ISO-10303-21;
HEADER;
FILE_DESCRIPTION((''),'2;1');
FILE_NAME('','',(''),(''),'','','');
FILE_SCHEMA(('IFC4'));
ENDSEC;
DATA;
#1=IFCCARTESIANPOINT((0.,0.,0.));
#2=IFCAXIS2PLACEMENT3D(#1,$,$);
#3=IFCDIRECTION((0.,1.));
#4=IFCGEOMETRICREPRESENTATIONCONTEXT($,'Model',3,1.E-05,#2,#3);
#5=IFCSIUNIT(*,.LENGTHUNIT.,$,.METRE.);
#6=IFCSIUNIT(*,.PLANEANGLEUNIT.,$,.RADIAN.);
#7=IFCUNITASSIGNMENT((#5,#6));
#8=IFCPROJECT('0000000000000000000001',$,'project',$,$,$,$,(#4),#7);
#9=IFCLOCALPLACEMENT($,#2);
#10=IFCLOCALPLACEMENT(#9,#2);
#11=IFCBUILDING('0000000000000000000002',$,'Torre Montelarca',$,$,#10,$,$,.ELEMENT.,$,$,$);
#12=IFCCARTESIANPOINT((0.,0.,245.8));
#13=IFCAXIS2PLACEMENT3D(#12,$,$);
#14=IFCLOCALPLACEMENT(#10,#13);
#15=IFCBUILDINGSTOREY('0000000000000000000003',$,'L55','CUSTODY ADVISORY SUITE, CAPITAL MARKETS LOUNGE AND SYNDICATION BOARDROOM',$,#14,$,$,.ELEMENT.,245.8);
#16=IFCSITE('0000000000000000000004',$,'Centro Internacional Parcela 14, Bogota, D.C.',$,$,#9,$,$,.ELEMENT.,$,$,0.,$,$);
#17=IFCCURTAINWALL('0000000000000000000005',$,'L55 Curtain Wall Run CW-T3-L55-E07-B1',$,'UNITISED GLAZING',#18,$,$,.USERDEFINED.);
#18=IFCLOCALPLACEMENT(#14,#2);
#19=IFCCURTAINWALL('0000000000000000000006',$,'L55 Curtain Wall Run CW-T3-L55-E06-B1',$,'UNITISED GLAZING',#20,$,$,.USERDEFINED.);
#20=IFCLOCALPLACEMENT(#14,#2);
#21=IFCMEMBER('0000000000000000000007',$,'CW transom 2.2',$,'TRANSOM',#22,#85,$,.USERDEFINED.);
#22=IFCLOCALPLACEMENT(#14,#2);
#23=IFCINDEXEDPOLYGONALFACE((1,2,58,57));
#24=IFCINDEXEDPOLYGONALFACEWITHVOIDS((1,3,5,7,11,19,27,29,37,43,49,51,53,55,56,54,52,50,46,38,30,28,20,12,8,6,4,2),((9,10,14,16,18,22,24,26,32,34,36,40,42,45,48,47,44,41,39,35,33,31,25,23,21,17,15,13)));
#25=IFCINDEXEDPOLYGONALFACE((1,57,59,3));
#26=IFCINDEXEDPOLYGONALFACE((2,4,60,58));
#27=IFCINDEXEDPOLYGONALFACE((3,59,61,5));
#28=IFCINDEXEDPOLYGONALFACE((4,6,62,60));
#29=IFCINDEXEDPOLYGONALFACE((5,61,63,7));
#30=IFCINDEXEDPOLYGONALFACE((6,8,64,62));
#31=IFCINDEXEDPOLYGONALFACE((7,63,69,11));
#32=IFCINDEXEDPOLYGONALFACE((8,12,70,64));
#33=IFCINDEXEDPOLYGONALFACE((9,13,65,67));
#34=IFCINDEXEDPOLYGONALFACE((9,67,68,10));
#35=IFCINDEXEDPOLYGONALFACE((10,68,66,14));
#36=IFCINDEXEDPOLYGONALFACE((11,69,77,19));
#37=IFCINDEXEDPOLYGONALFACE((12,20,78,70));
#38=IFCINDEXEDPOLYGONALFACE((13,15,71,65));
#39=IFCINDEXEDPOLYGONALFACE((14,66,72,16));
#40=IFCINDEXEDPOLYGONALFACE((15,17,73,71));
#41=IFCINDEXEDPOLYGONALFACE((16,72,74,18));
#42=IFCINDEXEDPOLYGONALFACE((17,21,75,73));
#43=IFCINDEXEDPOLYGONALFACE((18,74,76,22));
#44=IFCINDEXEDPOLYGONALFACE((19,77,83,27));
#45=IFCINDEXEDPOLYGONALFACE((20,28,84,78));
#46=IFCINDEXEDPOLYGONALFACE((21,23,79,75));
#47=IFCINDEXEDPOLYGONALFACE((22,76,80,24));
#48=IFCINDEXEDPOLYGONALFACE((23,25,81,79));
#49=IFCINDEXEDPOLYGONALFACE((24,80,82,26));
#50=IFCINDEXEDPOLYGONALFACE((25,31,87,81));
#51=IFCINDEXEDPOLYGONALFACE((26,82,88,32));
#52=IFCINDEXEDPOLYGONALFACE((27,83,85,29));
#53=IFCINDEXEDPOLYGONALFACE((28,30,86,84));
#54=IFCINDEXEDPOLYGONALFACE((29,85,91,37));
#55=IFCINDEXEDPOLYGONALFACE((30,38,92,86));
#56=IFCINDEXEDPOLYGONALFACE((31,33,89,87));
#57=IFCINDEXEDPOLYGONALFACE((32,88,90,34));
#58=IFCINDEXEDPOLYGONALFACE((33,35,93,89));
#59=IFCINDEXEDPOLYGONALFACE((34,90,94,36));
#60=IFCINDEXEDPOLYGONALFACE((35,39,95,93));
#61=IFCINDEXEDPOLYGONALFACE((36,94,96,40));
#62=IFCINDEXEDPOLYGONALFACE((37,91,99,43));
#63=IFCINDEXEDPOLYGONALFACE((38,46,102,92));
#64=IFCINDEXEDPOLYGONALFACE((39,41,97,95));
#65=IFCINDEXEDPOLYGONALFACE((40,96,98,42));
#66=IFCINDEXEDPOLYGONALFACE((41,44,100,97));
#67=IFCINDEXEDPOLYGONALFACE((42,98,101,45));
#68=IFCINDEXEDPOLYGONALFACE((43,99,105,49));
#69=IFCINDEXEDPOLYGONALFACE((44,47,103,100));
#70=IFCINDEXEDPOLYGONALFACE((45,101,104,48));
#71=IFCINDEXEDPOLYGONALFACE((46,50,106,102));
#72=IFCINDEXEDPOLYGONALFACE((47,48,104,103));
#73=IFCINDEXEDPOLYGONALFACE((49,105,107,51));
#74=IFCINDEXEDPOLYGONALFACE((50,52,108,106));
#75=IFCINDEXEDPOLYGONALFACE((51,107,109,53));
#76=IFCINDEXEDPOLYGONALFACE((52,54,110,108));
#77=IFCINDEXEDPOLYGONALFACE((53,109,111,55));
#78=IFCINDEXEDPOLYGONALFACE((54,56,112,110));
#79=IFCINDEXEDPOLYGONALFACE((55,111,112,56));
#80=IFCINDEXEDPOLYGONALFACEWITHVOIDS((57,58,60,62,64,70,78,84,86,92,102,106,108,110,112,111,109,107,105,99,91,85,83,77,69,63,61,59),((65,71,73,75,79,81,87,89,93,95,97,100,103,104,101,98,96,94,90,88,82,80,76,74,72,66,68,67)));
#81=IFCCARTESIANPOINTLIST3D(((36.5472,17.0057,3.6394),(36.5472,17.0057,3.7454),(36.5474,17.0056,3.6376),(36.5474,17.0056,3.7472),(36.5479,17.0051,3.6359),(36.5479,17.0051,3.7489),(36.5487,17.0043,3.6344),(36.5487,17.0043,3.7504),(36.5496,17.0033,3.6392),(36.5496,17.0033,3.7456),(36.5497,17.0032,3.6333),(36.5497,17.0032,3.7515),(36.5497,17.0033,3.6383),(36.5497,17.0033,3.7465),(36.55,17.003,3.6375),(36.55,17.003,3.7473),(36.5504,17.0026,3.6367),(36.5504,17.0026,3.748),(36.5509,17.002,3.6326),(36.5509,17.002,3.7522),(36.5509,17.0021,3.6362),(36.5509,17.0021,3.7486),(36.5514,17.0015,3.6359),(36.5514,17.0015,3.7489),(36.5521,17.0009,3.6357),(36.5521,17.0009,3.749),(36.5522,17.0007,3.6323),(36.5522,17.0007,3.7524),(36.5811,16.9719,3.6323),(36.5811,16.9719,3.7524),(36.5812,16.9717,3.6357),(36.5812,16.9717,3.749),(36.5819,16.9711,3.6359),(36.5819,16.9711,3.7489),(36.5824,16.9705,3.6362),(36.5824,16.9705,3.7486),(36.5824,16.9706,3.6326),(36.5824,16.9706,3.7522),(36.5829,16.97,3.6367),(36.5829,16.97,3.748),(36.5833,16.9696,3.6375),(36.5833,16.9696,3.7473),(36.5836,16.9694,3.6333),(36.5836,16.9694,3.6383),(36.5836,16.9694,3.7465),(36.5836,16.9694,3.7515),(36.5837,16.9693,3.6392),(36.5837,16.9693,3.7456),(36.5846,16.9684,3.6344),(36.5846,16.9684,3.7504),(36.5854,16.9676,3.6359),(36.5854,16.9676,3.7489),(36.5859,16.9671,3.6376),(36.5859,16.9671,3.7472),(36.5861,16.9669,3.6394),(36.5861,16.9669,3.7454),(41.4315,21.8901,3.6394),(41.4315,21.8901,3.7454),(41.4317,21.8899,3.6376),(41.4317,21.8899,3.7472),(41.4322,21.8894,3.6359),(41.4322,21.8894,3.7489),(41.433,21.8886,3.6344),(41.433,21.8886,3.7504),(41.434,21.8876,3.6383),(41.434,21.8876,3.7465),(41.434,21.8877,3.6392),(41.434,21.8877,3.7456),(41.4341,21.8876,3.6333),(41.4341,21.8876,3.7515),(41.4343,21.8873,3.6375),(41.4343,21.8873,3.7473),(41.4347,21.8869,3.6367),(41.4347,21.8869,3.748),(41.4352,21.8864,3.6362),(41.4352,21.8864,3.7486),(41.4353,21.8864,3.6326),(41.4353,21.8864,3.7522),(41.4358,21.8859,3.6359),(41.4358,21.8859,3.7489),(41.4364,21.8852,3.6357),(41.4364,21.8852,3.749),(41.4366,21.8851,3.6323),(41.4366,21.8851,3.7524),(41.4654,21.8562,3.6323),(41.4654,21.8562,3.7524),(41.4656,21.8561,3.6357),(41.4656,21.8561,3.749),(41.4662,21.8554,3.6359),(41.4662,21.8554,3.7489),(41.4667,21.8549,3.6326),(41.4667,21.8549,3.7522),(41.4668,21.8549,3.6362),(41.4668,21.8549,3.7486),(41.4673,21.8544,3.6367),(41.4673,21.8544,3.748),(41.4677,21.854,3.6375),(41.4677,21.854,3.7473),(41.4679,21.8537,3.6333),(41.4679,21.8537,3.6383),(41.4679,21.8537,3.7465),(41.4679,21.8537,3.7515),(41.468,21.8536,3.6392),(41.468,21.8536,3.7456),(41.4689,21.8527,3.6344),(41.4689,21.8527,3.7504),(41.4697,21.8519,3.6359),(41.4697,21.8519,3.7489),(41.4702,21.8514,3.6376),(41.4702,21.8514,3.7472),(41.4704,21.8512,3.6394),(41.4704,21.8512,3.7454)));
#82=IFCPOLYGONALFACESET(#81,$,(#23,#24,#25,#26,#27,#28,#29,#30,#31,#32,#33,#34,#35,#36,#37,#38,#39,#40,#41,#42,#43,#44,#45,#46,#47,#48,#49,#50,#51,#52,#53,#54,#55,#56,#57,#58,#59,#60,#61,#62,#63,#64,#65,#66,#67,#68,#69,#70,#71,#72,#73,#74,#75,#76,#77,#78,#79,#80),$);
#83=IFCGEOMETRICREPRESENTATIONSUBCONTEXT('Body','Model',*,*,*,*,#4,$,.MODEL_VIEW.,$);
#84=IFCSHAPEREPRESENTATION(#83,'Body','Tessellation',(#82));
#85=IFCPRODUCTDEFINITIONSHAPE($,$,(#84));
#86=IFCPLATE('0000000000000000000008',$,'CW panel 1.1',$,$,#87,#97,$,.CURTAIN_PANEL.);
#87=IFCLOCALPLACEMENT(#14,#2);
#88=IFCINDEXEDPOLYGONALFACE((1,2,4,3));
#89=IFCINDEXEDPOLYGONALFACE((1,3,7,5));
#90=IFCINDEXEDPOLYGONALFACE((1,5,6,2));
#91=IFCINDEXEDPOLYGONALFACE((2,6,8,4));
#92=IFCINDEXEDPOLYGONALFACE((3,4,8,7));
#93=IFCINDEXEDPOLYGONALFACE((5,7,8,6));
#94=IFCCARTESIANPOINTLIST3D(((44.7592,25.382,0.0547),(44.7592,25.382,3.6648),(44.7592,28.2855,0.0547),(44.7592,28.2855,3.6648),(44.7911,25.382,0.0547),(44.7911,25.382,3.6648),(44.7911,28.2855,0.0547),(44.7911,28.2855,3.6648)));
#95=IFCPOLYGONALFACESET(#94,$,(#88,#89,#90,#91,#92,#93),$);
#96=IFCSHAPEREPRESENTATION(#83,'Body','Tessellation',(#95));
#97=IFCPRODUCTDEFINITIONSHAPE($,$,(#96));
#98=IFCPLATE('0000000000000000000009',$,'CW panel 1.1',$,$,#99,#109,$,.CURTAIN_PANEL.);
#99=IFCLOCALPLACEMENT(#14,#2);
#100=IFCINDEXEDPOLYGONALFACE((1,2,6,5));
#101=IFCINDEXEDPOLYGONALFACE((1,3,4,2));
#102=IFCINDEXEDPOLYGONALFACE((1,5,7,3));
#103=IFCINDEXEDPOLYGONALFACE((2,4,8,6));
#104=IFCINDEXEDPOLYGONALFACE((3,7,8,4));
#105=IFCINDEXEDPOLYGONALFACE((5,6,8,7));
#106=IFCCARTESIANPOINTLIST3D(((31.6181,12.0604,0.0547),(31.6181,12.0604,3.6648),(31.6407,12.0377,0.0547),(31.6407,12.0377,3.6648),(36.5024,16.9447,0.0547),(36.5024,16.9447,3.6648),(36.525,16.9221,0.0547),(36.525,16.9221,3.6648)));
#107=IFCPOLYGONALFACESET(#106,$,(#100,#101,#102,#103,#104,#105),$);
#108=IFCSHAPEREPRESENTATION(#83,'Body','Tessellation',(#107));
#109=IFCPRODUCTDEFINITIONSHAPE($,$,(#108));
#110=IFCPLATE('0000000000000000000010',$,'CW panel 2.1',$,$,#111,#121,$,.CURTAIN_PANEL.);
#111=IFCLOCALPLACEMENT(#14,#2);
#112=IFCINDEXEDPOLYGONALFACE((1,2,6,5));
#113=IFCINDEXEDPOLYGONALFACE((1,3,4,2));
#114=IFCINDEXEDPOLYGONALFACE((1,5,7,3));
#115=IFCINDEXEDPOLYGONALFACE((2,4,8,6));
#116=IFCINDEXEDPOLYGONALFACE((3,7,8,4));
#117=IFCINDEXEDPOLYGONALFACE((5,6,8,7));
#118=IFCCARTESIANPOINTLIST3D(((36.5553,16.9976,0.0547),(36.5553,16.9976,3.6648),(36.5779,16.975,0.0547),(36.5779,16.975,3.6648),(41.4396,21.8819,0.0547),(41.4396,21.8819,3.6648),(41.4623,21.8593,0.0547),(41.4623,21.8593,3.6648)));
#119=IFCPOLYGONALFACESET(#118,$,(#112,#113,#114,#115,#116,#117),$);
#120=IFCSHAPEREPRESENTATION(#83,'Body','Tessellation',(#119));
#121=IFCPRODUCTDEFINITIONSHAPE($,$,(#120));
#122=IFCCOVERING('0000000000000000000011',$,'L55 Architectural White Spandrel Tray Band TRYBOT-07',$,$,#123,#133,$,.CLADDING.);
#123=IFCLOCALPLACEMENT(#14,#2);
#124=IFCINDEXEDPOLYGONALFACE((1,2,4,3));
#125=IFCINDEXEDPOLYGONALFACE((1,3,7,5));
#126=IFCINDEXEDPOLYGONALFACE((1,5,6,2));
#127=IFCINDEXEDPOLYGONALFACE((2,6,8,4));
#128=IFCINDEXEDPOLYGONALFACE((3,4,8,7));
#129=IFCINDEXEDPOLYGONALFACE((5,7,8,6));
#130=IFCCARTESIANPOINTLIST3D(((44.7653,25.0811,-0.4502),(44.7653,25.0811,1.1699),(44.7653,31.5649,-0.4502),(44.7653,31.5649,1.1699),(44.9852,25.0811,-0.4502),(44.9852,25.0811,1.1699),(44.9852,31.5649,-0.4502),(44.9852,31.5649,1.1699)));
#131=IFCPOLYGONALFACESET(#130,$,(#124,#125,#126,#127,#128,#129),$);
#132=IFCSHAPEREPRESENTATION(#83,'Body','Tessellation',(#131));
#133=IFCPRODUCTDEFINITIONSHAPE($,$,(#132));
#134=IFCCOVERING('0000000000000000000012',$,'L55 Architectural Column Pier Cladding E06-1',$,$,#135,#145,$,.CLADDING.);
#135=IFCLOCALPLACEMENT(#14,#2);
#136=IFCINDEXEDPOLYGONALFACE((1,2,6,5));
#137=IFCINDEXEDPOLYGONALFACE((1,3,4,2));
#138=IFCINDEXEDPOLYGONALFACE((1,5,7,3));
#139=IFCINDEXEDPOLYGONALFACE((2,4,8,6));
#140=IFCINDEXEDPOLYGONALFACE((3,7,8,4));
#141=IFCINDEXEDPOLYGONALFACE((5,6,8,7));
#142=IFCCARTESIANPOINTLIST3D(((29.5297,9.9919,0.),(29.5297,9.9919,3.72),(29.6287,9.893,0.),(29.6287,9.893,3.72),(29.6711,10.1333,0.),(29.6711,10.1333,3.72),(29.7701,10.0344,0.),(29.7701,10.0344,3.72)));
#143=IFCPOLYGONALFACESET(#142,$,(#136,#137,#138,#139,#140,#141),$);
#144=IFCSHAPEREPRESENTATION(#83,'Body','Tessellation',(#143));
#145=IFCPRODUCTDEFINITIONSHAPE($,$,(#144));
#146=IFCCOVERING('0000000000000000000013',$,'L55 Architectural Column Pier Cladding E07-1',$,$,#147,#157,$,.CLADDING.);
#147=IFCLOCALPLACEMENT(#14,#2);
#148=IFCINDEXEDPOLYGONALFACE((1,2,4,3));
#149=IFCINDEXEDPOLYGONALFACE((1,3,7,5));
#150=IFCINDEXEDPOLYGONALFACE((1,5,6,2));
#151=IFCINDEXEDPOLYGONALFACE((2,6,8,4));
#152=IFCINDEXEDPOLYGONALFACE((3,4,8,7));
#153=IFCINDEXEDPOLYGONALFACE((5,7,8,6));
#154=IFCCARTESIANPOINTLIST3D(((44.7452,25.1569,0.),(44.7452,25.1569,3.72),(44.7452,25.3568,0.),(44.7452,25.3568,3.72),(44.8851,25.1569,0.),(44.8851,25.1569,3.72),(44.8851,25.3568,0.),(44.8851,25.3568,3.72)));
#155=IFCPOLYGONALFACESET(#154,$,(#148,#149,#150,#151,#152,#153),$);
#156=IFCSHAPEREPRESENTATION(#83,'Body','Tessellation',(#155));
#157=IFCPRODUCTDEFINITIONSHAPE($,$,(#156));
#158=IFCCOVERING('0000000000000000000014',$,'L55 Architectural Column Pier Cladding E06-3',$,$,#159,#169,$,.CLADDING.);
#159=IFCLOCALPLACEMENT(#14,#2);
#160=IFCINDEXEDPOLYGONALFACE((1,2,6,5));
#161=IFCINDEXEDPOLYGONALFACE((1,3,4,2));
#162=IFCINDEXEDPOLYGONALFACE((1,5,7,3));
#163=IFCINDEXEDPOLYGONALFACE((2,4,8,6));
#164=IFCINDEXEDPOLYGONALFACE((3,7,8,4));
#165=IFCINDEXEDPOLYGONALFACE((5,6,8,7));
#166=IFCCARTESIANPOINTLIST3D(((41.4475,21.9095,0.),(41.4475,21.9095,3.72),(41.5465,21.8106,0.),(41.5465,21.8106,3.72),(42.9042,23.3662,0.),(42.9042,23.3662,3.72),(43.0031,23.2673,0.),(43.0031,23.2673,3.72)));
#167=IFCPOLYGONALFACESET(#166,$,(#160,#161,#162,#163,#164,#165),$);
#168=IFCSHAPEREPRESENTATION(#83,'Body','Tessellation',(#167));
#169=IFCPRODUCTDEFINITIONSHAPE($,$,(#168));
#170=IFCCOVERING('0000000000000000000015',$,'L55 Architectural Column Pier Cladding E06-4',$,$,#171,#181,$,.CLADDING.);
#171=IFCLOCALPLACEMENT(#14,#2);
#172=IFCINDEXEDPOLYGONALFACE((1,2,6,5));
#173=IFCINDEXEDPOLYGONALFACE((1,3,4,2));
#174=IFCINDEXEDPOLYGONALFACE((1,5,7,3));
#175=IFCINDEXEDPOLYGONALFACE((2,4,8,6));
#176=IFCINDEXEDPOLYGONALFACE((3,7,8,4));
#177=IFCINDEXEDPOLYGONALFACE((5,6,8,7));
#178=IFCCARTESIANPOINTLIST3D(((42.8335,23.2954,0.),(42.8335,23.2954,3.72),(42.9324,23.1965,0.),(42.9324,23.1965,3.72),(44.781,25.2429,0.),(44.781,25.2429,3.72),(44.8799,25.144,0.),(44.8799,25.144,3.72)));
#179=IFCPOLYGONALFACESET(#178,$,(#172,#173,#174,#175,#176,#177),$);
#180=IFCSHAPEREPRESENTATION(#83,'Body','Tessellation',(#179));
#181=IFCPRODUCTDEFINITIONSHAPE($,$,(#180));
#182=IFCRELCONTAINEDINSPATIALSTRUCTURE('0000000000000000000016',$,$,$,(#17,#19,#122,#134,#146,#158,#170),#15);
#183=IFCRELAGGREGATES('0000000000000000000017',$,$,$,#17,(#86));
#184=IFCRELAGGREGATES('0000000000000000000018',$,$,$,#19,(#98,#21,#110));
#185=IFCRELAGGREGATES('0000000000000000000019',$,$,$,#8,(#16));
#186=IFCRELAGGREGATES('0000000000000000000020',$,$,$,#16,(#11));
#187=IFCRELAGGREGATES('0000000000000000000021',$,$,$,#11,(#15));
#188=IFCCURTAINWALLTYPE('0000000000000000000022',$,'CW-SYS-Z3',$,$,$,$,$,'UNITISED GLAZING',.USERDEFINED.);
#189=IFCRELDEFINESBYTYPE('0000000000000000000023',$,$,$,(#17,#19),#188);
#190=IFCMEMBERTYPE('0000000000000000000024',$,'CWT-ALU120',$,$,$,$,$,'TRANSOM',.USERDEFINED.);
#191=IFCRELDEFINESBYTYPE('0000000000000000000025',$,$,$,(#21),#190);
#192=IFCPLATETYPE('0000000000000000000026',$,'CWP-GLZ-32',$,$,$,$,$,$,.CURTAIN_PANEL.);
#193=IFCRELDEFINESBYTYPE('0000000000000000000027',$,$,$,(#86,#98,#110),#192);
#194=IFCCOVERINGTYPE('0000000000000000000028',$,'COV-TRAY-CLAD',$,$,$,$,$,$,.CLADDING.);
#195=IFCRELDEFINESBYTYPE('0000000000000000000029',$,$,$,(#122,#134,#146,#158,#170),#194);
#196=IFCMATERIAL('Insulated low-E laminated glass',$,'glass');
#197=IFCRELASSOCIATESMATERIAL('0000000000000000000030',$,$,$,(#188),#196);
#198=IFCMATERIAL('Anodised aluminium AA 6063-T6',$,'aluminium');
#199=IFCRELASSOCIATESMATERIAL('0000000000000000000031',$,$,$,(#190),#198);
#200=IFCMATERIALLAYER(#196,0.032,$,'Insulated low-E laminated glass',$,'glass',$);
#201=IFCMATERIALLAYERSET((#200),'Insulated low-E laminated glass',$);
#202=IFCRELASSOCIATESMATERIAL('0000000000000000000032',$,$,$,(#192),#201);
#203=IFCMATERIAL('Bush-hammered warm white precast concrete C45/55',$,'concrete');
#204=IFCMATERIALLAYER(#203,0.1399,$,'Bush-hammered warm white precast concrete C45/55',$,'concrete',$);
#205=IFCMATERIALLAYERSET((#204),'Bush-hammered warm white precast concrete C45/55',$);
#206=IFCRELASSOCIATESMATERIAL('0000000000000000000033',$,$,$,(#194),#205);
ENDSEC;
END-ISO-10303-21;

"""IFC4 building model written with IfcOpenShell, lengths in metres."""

from ifc_helpers import new_model, si_unit, direction, frame, origin, origin_2d, place, context, subcontext, project, spatial, rectangle, hollow_rectangle, extrude, source, transform, mapped, material, layer, layer_set, material_profile, profile_set, type_object, element, aggregate, save


model = new_model("IFC4")

# Units and contexts
model_context = context("Model", 3, precision=1e-05, world=origin(), true_north=direction((0.0, 1.0)))
body_context = subcontext(model_context, "Body", "Model", "MODEL_VIEW")
ifc_project = project(units=[si_unit("LENGTHUNIT", "METRE"), si_unit("PLANEANGLEUNIT", "RADIAN")], contexts=[model_context])

# Site, building, storey
site_placement = place(None, origin())
site = spatial("IfcSite", under=ifc_project, at=site_placement, Name="Centro Internacional Parcela 14, Bogota, D.C.", CompositionType="ELEMENT", RefElevation=0.0)
building_placement = place(site_placement, origin())
building = spatial("IfcBuilding", under=site, at=building_placement, Name="Torre Montelarca", CompositionType="ELEMENT")
storey_placement = place(building_placement, frame((0.0, 0.0, 245.8)))
storey = spatial("IfcBuildingStorey", under=building, at=storey_placement, Name="L55", Description="CUSTODY ADVISORY SUITE, CAPITAL MARKETS LOUNGE AND SYNDICATION BOARDROOM", CompositionType="ELEMENT", Elevation=245.8)

# Curtain walls
ifc_material_1 = material(Name="Insulated low-E laminated glass", Category="glass")
curtain_wall_type = type_object("IfcCurtainWallType", Name="CW-SYS-Z3", ElementType="UNITISED GLAZING", PredefinedType="USERDEFINED", material=ifc_material_1)
curtain_wall_1_placement = place(storey_placement, origin())
curtain_wall_1 = element("IfcCurtainWall", 1, at=curtain_wall_1_placement, inside=storey, type_object=curtain_wall_type, Name="L55 Curtain Wall Run CW-T3-L55-E07-B1", ObjectType="UNITISED GLAZING", PredefinedType="USERDEFINED")
ifc_material_2 = material(Name="Anodised aluminium AA 6063-T6", Category="aluminium")
ifc_material_profile_1 = material_profile(ifc_material_2, hollow_rectangle(XDim=0.0549, YDim=0.1201, WallThickness=0.0034, InnerFilletRadius=0.0034, OuterFilletRadius=0.0071, at=origin_2d()), Name="ALU55X120X3.5", Category="aluminium")
ifc_profile_set_1 = profile_set([ifc_material_profile_1], Name="Anodised aluminium AA 6063-T6")
member_type_1 = type_object("IfcMemberType", Name="CWT-ALU120", ElementType="TRANSOM", PredefinedType="USERDEFINED", material=ifc_profile_set_1)
curtain_wall_2_placement = place(storey_placement, origin())
curtain_wall_2 = element("IfcCurtainWall", 2, at=curtain_wall_2_placement, inside=storey, type_object=curtain_wall_type, Name="L55 Curtain Wall Run CW-T3-L55-E06-B1", ObjectType="UNITISED GLAZING", PredefinedType="USERDEFINED")

# Member
shared_shape_1 = source(origin(), body_context, "Body", "SweptSolid", [
    extrude(hollow_rectangle(XDim=0.0549, YDim=0.1201, WallThickness=0.0034, InnerFilletRadius=0.0034, OuterFilletRadius=0.0071, at=origin_2d()), origin(), (0.0, 0.0, 1.0), 6.9075),
])
member_1_placement = place(storey_placement, frame((36.5667, 16.9863, 3.6924), z_axis=(0.707107, 0.707107, 0.0), x_axis=(-0.707107, 0.707107, 0.0)))
member_1 = element("IfcMember", 3, at=member_1_placement, type_object=member_type_1, Name="CW transom 2.2", ObjectType="TRANSOM", PredefinedType="USERDEFINED", context=body_context, shape_type="MappedRepresentation", body=[
    mapped(shared_shape_1, transform((0.0, 0.0, 0.0), scale=1.0)),
])

# Plates
ifc_layer_1 = layer(ifc_material_1, 0.032, Name="Insulated low-E laminated glass", Category="glass")
ifc_layer_set_1 = layer_set([ifc_layer_1], Name="Insulated low-E laminated glass")
plate_type = type_object("IfcPlateType", Name="CWP-GLZ-32", PredefinedType="CURTAIN_PANEL", material=ifc_layer_set_1)
shared_shape_2 = source(origin(), body_context, "Body", "SweptSolid", [
    extrude(rectangle(XDim=2.9036, YDim=0.032, at=origin_2d()), origin(), (0.0, 0.0, 1.0), 3.6101),
])
plate_1_placement = place(storey_placement, frame((44.7751, 26.8337, 0.0547), z_axis=(0.0, 0.0, 1.0), x_axis=(0.0, 1.0, 0.0)))
plate_1 = element("IfcPlate", 4, at=plate_1_placement, type_object=plate_type, Name="CW panel 1.1", PredefinedType="CURTAIN_PANEL", context=body_context, shape_type="MappedRepresentation", body=[
    mapped(shared_shape_2, transform((0.0, 0.0, 0.0), scale=1.0)),
])
aggregate(curtain_wall_1, [plate_1])
shared_shape_3 = source(origin(), body_context, "Body", "SweptSolid", [
    extrude(rectangle(XDim=6.9075, YDim=0.032, at=origin_2d()), origin(), (0.0, 0.0, 1.0), 3.6101),
])
plate_2_placement = place(storey_placement, frame((34.0715, 14.4912, 0.0547), z_axis=(0.0, 0.0, 1.0), x_axis=(0.707107, 0.707107, 0.0)))
plate_2 = element("IfcPlate", 5, at=plate_2_placement, type_object=plate_type, Name="CW panel 1.1", PredefinedType="CURTAIN_PANEL", context=body_context, shape_type="MappedRepresentation", body=[
    mapped(shared_shape_3, transform((0.0, 0.0, 0.0), scale=1.0)),
])
plate_3_placement = place(storey_placement, frame((39.0088, 19.4285, 0.0547), z_axis=(0.0, 0.0, 1.0), x_axis=(0.707107, 0.707107, 0.0)))
plate_3 = element("IfcPlate", 6, at=plate_3_placement, type_object=plate_type, Name="CW panel 2.1", PredefinedType="CURTAIN_PANEL", context=body_context, shape_type="MappedRepresentation", body=[
    mapped(shared_shape_3, transform((0.0, 0.0, 0.0), scale=1.0)),
])
aggregate(curtain_wall_2, [plate_2, member_1, plate_3])

# Coverings
ifc_material_3 = material(Name="Bush-hammered warm white precast concrete C45/55", Category="concrete")
ifc_layer_2 = layer(ifc_material_3, 0.1399, Name="Bush-hammered warm white precast concrete C45/55", Category="concrete")
ifc_layer_set_2 = layer_set([ifc_layer_2], Name="Bush-hammered warm white precast concrete C45/55")
covering_type = type_object("IfcCoveringType", Name="COV-TRAY-CLAD", PredefinedType="CLADDING", material=ifc_layer_set_2)
shared_shape_4 = source(origin(), body_context, "Body", "SweptSolid", [
    extrude(rectangle(XDim=6.4839, YDim=0.22, at=origin_2d()), origin(), (0.0, 0.0, 1.0), 1.6201),
])
covering_1_placement = place(storey_placement, frame((44.8752, 28.323, -0.4502), z_axis=(0.0, 0.0, 1.0), x_axis=(0.0, 1.0, 0.0)))
element("IfcCovering", 7, at=covering_1_placement, inside=storey, type_object=covering_type, Name="L55 Architectural White Spandrel Tray Band TRYBOT-07", PredefinedType="CLADDING", context=body_context, shape_type="MappedRepresentation", body=[
    mapped(shared_shape_4, transform((0.0, 0.0, 0.0), scale=1.0)),
])
shared_shape_5 = source(origin(), body_context, "Body", "SweptSolid", [
    extrude(rectangle(XDim=0.2, YDim=0.1399, at=origin_2d()), origin(), (0.0, 0.0, 1.0), 3.72),
])
for number, where, z_axis, x_axis, name in (
    (8, (29.6499, 10.0132, 0.0), (0.0, 0.0, 1.0), (0.707107, 0.707107, 0.0), "L55 Architectural Column Pier Cladding E06-1"),
    (9, (44.8152, 25.2568, 0.0), (0.0, 0.0, 1.0), (0.0, 1.0, 0.0), "L55 Architectural Column Pier Cladding E07-1"),
):
    element("IfcCovering", number, at=place(storey_placement, frame(where, z_axis=z_axis, x_axis=x_axis)), inside=storey, type_object=covering_type, Name=name, PredefinedType="CLADDING", context=body_context, shape_type="MappedRepresentation", body=[
        mapped(shared_shape_5, transform((0.0, 0.0, 0.0), scale=1.0)),
    ])
shared_shape_6 = source(origin(), body_context, "Body", "SweptSolid", [
    extrude(rectangle(XDim=2.0601, YDim=0.1399, at=origin_2d()), origin(), (0.0, 0.0, 1.0), 3.72),
])
covering_2_placement = place(storey_placement, frame((42.2253, 22.5884, 0.0), z_axis=(0.0, 0.0, 1.0), x_axis=(0.707107, 0.707107, 0.0)))
element("IfcCovering", 10, at=covering_2_placement, inside=storey, type_object=covering_type, Name="L55 Architectural Column Pier Cladding E06-3", PredefinedType="CLADDING", context=body_context, shape_type="MappedRepresentation", body=[
    mapped(shared_shape_6, transform((0.0, 0.0, 0.0), scale=1.0)),
])
shared_shape_7 = source(origin(), body_context, "Body", "SweptSolid", [
    extrude(rectangle(XDim=2.7542, YDim=0.1399, at=origin_2d()), origin(), (0.0, 0.0, 1.0), 3.72),
])
covering_3_placement = place(storey_placement, frame((43.8567, 24.2197, 0.0), z_axis=(0.0, 0.0, 1.0), x_axis=(0.707107, 0.707107, 0.0)))
element("IfcCovering", 11, at=covering_3_placement, inside=storey, type_object=covering_type, Name="L55 Architectural Column Pier Cladding E06-4", PredefinedType="CLADDING", context=body_context, shape_type="MappedRepresentation", body=[
    mapped(shared_shape_7, transform((0.0, 0.0, 0.0), scale=1.0)),
])

save(model, "model.ifc")
